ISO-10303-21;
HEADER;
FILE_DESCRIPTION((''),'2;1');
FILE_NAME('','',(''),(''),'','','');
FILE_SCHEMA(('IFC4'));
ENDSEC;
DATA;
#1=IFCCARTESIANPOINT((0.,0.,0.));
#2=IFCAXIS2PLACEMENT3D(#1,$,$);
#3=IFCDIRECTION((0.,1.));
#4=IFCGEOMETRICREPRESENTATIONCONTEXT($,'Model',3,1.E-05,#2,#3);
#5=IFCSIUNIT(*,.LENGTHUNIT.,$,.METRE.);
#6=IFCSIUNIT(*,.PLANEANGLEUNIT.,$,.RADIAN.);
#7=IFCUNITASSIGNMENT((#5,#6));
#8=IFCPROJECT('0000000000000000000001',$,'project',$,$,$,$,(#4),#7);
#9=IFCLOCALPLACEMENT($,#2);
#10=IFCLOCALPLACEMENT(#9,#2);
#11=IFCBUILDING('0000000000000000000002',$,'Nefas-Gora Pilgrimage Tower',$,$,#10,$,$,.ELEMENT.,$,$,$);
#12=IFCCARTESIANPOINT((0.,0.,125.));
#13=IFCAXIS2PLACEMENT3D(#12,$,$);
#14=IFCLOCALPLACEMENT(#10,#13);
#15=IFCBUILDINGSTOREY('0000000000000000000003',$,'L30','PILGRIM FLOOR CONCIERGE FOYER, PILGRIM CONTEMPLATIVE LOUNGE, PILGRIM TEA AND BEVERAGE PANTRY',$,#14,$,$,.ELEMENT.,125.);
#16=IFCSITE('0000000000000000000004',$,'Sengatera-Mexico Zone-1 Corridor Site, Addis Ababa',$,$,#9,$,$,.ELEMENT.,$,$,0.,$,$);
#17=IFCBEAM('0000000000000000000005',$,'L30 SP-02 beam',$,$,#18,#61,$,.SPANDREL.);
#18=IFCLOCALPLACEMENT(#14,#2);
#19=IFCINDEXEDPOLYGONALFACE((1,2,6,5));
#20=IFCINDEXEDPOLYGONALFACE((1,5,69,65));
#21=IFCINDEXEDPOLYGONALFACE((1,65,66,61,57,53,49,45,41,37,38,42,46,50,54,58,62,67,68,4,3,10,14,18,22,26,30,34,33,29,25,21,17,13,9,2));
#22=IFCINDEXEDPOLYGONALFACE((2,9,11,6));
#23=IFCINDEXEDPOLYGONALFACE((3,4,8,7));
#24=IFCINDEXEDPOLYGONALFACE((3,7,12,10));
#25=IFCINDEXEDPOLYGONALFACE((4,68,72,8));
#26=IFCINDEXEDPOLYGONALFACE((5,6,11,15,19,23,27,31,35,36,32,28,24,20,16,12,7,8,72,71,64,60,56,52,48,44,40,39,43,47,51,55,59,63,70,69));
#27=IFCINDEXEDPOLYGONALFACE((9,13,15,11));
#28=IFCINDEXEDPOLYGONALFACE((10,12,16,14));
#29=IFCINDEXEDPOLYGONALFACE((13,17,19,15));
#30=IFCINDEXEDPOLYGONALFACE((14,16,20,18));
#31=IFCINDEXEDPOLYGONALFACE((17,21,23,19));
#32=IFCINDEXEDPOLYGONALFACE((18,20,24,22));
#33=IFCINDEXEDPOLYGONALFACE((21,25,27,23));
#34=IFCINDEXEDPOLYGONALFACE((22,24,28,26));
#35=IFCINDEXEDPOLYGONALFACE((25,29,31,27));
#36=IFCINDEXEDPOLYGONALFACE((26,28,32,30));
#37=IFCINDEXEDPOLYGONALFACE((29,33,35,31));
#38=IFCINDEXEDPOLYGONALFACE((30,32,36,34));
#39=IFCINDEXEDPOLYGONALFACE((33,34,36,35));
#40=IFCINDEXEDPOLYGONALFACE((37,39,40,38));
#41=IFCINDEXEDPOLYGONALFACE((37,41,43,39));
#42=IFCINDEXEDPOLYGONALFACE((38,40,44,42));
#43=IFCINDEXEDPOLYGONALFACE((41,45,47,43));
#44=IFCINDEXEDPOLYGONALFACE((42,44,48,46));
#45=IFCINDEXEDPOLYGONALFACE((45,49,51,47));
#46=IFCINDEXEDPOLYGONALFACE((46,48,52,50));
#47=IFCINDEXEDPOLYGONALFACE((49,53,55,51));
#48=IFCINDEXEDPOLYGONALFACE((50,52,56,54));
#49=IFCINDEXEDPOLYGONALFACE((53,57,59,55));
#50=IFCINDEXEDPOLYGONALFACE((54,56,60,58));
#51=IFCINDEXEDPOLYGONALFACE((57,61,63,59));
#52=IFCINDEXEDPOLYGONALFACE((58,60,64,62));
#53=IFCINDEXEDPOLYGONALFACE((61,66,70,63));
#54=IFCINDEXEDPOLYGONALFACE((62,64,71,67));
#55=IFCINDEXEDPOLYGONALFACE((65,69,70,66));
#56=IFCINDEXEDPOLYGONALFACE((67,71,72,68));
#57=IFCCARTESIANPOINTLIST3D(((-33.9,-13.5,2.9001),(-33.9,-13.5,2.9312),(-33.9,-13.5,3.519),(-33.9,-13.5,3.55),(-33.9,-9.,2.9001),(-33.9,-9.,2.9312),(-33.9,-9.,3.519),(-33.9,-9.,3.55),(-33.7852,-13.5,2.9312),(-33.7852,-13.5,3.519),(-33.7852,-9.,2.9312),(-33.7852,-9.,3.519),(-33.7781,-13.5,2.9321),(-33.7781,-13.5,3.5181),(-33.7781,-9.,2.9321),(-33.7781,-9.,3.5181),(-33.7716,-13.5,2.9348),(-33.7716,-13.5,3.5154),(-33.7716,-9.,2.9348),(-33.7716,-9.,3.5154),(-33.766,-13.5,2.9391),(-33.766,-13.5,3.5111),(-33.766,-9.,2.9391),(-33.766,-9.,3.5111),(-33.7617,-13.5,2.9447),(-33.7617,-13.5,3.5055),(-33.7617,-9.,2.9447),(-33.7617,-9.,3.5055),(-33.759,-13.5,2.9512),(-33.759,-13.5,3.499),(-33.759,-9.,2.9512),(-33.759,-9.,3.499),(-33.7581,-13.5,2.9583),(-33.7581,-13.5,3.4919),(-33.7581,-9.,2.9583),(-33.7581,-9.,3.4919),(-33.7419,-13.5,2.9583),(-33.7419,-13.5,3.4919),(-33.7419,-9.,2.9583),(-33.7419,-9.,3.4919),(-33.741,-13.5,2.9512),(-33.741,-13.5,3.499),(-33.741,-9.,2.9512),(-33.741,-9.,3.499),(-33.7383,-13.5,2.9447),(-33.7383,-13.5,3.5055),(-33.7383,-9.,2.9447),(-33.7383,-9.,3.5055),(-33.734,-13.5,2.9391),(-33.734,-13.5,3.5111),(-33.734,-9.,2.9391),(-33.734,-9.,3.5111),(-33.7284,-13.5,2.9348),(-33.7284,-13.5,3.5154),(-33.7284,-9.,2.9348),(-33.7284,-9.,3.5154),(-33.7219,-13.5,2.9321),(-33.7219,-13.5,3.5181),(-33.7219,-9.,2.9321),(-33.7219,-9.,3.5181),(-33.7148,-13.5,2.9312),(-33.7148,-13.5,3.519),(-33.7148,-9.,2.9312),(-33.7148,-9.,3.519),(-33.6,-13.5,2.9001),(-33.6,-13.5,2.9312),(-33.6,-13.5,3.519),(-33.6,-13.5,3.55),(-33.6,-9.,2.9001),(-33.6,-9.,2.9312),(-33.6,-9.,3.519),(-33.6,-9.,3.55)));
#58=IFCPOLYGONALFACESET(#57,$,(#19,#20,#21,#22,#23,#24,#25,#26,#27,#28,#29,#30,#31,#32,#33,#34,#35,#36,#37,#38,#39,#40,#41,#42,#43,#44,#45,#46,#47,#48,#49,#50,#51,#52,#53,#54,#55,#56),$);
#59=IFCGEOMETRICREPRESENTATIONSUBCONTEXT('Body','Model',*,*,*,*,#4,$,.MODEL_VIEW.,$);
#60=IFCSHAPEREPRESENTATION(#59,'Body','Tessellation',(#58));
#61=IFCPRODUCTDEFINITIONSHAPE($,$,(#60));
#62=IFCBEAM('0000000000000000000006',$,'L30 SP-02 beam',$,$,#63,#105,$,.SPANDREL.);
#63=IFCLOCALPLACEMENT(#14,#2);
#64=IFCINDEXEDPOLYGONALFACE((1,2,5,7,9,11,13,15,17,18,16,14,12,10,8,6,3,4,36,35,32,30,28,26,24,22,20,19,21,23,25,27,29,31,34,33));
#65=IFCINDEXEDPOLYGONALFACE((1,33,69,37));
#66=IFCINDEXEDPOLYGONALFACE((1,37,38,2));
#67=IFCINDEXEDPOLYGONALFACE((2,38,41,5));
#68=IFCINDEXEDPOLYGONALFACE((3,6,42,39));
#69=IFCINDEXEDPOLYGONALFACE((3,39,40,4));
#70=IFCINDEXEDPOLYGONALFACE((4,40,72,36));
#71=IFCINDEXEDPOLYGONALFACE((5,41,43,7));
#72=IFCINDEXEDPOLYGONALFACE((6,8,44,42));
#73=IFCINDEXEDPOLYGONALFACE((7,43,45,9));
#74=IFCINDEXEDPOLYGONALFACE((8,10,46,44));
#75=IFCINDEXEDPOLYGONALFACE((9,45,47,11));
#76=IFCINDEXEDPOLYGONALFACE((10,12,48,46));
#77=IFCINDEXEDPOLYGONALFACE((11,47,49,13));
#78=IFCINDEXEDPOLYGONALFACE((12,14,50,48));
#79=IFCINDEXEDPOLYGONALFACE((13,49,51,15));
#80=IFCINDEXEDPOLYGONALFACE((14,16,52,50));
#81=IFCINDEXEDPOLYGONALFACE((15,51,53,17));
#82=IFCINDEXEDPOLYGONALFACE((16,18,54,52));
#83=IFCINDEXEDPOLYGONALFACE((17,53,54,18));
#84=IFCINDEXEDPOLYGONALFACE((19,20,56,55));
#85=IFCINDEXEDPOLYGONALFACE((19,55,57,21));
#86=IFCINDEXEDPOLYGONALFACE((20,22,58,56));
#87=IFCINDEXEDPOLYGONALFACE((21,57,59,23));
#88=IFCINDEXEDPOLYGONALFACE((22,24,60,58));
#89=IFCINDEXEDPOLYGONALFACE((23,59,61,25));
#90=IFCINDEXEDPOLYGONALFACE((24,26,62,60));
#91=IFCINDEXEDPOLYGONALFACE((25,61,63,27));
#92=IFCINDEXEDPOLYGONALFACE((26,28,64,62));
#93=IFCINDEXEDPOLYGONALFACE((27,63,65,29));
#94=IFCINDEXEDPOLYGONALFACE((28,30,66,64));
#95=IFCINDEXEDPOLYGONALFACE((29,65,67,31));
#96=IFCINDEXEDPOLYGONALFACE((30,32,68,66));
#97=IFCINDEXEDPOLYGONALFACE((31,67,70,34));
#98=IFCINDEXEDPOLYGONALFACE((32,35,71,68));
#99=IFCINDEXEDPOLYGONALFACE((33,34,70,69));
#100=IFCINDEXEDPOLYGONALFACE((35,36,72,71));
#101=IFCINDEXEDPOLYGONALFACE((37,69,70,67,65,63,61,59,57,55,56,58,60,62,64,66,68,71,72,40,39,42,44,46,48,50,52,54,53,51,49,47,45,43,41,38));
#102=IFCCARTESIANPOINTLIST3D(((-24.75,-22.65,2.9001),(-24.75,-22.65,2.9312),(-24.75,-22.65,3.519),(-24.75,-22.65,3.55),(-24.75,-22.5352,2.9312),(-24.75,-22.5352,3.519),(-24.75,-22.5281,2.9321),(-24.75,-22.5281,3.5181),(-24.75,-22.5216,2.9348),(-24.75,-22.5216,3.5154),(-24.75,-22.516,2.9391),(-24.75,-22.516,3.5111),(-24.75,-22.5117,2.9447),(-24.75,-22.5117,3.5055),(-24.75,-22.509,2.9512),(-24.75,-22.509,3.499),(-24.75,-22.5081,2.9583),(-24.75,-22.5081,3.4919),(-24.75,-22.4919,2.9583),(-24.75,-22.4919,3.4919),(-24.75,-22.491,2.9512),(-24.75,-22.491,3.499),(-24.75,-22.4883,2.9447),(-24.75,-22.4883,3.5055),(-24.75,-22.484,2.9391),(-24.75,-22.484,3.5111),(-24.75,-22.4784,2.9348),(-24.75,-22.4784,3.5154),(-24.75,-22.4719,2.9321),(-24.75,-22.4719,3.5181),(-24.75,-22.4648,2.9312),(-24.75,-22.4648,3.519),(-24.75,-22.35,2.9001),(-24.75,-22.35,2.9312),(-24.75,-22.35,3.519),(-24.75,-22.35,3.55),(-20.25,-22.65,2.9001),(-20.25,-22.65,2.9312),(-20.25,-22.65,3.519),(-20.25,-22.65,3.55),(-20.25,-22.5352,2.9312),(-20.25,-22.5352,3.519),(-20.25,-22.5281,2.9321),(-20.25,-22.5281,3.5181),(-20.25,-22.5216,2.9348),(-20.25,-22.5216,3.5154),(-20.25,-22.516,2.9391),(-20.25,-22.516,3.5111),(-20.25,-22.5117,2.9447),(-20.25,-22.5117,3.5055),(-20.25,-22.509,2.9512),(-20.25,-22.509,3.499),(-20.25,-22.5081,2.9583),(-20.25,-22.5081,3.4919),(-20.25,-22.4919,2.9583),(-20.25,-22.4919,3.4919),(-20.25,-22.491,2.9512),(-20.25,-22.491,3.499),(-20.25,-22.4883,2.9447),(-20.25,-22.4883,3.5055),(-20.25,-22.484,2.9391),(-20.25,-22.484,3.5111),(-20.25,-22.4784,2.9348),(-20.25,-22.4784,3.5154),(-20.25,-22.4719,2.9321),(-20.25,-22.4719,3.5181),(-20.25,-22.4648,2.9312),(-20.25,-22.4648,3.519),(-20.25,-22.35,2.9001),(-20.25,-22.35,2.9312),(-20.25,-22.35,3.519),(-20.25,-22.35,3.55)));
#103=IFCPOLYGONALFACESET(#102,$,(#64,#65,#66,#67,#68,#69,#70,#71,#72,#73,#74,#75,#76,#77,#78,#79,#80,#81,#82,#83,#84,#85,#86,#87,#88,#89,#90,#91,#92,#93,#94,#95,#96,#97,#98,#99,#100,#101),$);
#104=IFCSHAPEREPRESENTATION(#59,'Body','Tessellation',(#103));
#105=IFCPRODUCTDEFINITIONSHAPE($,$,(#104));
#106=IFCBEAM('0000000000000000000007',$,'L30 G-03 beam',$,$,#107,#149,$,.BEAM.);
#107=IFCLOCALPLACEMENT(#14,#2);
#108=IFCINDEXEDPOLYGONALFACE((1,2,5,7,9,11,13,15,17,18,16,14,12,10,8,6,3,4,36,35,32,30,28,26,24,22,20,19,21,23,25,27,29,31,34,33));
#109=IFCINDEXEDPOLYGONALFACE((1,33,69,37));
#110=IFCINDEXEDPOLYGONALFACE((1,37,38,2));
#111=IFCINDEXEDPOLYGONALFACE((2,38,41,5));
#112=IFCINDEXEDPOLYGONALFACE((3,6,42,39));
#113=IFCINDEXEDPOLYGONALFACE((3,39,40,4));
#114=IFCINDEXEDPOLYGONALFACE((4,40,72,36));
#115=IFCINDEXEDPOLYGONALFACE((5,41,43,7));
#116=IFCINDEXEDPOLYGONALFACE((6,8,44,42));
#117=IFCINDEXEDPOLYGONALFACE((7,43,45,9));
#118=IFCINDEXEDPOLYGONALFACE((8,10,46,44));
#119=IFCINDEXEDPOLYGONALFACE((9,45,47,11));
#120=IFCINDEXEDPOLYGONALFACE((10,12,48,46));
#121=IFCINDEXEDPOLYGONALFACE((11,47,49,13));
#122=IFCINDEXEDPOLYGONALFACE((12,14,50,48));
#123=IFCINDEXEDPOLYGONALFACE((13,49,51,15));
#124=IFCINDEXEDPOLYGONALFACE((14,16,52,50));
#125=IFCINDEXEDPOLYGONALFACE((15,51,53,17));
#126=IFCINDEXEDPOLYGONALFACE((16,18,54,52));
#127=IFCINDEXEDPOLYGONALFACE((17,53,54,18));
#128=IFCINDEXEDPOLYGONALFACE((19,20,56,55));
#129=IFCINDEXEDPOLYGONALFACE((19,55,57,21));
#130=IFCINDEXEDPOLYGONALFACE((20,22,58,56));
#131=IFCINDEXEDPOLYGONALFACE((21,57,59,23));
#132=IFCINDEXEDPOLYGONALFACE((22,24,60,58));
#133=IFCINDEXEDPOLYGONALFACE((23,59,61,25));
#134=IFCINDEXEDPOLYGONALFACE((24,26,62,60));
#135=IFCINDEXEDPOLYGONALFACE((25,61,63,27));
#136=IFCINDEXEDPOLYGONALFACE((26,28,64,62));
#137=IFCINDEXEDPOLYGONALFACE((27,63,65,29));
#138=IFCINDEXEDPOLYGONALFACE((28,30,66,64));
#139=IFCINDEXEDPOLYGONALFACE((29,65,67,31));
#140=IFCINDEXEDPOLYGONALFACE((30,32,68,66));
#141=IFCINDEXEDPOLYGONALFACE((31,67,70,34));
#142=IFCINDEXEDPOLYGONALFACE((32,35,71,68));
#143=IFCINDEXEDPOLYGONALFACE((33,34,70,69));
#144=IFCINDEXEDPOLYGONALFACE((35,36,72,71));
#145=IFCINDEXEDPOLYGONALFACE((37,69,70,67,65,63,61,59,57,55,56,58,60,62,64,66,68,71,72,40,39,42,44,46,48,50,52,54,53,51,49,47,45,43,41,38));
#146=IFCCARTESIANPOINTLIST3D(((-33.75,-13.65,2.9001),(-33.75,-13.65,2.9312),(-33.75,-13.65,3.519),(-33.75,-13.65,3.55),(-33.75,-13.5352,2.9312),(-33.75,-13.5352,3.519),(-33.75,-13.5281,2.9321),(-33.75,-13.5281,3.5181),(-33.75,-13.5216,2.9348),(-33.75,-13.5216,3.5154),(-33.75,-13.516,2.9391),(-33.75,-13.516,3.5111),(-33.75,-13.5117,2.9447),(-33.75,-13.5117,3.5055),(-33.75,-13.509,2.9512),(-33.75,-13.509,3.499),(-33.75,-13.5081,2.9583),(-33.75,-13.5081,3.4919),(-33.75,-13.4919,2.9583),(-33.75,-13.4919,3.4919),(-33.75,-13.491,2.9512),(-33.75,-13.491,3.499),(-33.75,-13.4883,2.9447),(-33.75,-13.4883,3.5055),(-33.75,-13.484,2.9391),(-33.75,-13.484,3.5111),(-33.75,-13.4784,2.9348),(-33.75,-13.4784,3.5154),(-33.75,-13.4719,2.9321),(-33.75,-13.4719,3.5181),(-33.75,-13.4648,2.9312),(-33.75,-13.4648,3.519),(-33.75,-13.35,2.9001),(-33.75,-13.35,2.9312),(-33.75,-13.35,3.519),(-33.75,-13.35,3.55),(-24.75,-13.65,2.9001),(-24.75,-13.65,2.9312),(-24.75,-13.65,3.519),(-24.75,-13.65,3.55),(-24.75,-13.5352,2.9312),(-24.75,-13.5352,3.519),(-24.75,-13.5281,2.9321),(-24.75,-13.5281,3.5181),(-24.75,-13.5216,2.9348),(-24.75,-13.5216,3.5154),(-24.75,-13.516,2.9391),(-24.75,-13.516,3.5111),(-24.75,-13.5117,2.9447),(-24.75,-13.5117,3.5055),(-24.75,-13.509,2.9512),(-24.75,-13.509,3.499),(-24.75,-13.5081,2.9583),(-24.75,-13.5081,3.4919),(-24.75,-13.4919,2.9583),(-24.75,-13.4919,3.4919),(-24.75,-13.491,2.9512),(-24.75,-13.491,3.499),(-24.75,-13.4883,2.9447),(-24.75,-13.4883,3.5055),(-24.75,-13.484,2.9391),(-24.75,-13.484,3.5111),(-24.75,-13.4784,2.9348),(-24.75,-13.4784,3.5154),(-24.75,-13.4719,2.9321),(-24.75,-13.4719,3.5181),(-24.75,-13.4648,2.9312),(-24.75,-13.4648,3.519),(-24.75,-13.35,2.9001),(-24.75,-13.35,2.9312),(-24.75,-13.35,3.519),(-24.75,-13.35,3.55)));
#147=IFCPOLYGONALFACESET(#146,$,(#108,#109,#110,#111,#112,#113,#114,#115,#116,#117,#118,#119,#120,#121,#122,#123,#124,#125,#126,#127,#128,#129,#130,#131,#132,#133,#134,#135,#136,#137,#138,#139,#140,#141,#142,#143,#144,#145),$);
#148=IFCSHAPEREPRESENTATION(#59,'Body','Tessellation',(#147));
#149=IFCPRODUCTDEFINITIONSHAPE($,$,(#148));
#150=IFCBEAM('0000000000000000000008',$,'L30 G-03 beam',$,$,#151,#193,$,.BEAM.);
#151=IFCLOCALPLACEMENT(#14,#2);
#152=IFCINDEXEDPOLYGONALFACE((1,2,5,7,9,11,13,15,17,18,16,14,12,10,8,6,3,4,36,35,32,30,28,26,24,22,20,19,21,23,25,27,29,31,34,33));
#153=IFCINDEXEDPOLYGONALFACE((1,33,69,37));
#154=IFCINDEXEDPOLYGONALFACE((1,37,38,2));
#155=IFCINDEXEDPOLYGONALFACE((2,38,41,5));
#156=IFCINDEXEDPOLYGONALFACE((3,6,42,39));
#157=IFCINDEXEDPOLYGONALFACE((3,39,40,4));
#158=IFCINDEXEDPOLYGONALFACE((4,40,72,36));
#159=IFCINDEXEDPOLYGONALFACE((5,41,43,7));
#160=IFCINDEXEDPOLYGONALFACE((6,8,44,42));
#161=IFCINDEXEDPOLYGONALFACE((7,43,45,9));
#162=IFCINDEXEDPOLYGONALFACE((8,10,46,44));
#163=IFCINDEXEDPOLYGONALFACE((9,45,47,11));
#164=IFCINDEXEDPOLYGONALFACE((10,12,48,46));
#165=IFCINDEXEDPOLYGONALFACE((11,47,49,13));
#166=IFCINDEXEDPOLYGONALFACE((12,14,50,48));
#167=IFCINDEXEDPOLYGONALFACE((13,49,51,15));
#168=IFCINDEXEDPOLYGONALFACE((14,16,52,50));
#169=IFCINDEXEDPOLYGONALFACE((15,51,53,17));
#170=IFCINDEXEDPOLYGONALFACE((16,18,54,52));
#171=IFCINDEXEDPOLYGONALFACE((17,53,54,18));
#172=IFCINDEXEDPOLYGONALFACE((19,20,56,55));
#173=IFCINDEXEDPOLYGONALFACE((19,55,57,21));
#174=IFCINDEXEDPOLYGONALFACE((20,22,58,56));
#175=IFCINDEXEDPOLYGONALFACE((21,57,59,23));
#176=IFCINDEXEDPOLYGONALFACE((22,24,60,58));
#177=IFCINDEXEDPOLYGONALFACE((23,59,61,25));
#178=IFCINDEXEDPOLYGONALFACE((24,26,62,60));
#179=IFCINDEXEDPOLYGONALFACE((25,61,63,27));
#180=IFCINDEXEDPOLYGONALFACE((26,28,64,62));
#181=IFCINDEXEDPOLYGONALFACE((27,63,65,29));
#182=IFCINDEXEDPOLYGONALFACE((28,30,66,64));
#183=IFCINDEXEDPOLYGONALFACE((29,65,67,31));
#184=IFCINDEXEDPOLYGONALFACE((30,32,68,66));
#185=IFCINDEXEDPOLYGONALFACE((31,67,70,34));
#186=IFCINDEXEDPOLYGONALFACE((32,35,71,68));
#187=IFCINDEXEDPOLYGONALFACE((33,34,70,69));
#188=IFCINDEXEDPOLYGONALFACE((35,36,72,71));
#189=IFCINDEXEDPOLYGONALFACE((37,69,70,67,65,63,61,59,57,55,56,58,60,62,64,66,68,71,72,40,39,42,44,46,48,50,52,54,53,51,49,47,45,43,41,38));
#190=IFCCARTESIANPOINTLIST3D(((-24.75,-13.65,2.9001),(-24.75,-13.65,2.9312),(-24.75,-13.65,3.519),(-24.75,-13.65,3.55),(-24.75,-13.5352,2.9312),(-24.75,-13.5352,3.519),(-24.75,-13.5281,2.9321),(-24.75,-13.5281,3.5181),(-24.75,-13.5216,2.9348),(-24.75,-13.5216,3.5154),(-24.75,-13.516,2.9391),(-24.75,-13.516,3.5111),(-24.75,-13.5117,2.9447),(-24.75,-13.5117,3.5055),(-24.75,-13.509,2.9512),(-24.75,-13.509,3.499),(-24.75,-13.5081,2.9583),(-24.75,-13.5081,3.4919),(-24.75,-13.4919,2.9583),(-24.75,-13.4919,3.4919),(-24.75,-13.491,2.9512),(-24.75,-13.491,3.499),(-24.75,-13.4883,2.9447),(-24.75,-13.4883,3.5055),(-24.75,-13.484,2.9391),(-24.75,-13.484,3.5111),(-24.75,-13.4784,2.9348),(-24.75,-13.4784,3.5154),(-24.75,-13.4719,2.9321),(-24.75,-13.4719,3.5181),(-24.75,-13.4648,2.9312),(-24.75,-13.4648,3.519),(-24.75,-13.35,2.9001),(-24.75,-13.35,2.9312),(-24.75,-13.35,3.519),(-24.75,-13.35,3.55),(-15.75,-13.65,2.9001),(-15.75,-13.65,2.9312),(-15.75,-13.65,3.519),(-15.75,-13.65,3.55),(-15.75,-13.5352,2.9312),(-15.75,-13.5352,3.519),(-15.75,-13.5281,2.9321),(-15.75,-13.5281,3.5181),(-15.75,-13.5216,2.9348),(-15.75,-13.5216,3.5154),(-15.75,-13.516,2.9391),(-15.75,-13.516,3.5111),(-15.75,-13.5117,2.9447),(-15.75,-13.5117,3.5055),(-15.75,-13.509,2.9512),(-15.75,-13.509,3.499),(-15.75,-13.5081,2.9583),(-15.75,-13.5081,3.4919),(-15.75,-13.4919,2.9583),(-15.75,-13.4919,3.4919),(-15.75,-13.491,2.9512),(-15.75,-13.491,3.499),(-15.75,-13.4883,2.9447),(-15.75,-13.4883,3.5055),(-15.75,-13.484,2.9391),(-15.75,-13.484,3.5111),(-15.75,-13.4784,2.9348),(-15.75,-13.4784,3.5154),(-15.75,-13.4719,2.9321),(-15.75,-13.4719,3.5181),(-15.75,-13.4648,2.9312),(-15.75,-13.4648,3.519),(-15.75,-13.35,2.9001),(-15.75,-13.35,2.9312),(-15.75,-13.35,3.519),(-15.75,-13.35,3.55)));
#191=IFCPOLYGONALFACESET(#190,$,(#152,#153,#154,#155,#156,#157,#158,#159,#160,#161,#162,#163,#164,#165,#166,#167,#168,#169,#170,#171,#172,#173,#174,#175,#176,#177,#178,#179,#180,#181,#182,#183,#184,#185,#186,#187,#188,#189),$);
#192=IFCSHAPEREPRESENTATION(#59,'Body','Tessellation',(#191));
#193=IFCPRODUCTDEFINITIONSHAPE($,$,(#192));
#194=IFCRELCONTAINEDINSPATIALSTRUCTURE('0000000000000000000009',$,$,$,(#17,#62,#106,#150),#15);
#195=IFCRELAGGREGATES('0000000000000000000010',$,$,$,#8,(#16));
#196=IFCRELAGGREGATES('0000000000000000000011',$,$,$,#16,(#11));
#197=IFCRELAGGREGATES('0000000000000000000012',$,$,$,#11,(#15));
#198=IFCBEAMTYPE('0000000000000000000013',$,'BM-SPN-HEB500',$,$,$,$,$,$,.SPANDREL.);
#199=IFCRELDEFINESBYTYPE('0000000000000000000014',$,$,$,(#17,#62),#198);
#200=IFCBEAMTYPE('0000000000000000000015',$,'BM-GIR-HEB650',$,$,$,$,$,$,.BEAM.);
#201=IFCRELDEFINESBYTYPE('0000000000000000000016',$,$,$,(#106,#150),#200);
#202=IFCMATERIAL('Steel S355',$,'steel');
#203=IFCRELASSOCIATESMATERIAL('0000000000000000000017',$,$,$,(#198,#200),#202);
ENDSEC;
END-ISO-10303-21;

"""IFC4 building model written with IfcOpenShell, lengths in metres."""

from ifc_helpers import new_model, si_unit, direction, frame, origin, origin_2d, place, context, subcontext, project, spatial, i_section, extrude, source, transform, mapped, material, material_profile, profile_set, type_object, element, save


model = new_model("IFC4")

# Units and contexts
model_context = context("Model", 3, precision=1e-05, world=origin(), true_north=direction((0.0, 1.0)))
body_context = subcontext(model_context, "Body", "Model", "MODEL_VIEW")
ifc_project = project(units=[si_unit("LENGTHUNIT", "METRE"), si_unit("PLANEANGLEUNIT", "RADIAN")], contexts=[model_context])

# Site, building, storey
site_placement = place(None, origin())
site = spatial("IfcSite", under=ifc_project, at=site_placement, Name="Sengatera-Mexico Zone-1 Corridor Site, Addis Ababa", CompositionType="ELEMENT", RefElevation=0.0)
building_placement = place(site_placement, origin())
building = spatial("IfcBuilding", under=site, at=building_placement, Name="Nefas-Gora Pilgrimage Tower", CompositionType="ELEMENT")
storey_placement = place(building_placement, frame((0.0, 0.0, 125.0)))
storey = spatial("IfcBuildingStorey", under=building, at=storey_placement, Name="L30", Description="PILGRIM FLOOR CONCIERGE FOYER, PILGRIM CONTEMPLATIVE LOUNGE, PILGRIM TEA AND BEVERAGE PANTRY", CompositionType="ELEMENT", Elevation=125.0)

# Beams
ifc_material_1 = material(Name="Steel S355", Category="steel")
ifc_material_profile_1 = material_profile(ifc_material_1, i_section(OverallWidth=0.3, OverallDepth=0.6499, WebThickness=0.0161, FlangeThickness=0.031, FilletRadius=0.0271, at=origin_2d()), Name="HEB 650")
ifc_profile_set_1 = profile_set([ifc_material_profile_1], Name="Steel S355")
beam_type_1 = type_object("IfcBeamType", Name="BM-SPN-HEB500", PredefinedType="SPANDREL", material=ifc_profile_set_1)
shared_shape_1 = source(origin(), body_context, "Body", "SweptSolid", [
    extrude(i_section(OverallWidth=0.3, OverallDepth=0.6499, WebThickness=0.0161, FlangeThickness=0.031, FilletRadius=0.0271, at=origin_2d()), origin(), (0.0, 0.0, 1.0), 4.5),
])
for number, where, z_axis, x_axis, name in (
    (1, (-33.75, -13.5, 3.2251), (0.0, 1.0, 0.0), (-1.0, 0.0, 0.0), "L30 SP-02 beam"),
    (2, (-24.75, -22.5, 3.2251), (1.0, 0.0, 0.0), (0.0, 1.0, 0.0), "L30 SP-02 beam"),
):
    element("IfcBeam", number, at=place(storey_placement, frame(where, z_axis=z_axis, x_axis=x_axis)), inside=storey, type_object=beam_type_1, Name=name, PredefinedType="SPANDREL", context=body_context, shape_type="MappedRepresentation", body=[
        mapped(shared_shape_1, transform((0.0, 0.0, 0.0), x_axis=(1.0, 0.0, 0.0), y_axis=(0.0, 1.0, 0.0), z_axis=(0.0, 0.0, 1.0), scale=1.0)),
    ])
ifc_material_profile_2 = material_profile(ifc_material_1, i_section(OverallWidth=0.3, OverallDepth=0.6499, WebThickness=0.0161, FlangeThickness=0.031, FilletRadius=0.0271, at=origin_2d()), Name="HEB 650")
ifc_profile_set_2 = profile_set([ifc_material_profile_2], Name="Steel S355")
beam_type_2 = type_object("IfcBeamType", Name="BM-GIR-HEB650", PredefinedType="BEAM", material=ifc_profile_set_2)
shared_shape_2 = source(origin(), body_context, "Body", "SweptSolid", [
    extrude(i_section(OverallWidth=0.3, OverallDepth=0.6499, WebThickness=0.0161, FlangeThickness=0.031, FilletRadius=0.0271, at=origin_2d()), origin(), (0.0, 0.0, 1.0), 9.0),
])
for number, where, z_axis, x_axis, name in (
    (3, (-33.75, -13.5, 3.2251), (1.0, 0.0, 0.0), (0.0, 1.0, 0.0), "L30 G-03 beam"),
    (4, (-24.75, -13.5, 3.2251), (1.0, 0.0, 0.0), (0.0, 1.0, 0.0), "L30 G-03 beam"),
):
    element("IfcBeam", number, at=place(storey_placement, frame(where, z_axis=z_axis, x_axis=x_axis)), inside=storey, type_object=beam_type_2, Name=name, PredefinedType="BEAM", context=body_context, shape_type="MappedRepresentation", body=[
        mapped(shared_shape_2, transform((0.0, 0.0, 0.0), x_axis=(1.0, 0.0, 0.0), y_axis=(0.0, 1.0, 0.0), z_axis=(0.0, 0.0, 1.0), scale=1.0)),
    ])

save(model, "model.ifc")
